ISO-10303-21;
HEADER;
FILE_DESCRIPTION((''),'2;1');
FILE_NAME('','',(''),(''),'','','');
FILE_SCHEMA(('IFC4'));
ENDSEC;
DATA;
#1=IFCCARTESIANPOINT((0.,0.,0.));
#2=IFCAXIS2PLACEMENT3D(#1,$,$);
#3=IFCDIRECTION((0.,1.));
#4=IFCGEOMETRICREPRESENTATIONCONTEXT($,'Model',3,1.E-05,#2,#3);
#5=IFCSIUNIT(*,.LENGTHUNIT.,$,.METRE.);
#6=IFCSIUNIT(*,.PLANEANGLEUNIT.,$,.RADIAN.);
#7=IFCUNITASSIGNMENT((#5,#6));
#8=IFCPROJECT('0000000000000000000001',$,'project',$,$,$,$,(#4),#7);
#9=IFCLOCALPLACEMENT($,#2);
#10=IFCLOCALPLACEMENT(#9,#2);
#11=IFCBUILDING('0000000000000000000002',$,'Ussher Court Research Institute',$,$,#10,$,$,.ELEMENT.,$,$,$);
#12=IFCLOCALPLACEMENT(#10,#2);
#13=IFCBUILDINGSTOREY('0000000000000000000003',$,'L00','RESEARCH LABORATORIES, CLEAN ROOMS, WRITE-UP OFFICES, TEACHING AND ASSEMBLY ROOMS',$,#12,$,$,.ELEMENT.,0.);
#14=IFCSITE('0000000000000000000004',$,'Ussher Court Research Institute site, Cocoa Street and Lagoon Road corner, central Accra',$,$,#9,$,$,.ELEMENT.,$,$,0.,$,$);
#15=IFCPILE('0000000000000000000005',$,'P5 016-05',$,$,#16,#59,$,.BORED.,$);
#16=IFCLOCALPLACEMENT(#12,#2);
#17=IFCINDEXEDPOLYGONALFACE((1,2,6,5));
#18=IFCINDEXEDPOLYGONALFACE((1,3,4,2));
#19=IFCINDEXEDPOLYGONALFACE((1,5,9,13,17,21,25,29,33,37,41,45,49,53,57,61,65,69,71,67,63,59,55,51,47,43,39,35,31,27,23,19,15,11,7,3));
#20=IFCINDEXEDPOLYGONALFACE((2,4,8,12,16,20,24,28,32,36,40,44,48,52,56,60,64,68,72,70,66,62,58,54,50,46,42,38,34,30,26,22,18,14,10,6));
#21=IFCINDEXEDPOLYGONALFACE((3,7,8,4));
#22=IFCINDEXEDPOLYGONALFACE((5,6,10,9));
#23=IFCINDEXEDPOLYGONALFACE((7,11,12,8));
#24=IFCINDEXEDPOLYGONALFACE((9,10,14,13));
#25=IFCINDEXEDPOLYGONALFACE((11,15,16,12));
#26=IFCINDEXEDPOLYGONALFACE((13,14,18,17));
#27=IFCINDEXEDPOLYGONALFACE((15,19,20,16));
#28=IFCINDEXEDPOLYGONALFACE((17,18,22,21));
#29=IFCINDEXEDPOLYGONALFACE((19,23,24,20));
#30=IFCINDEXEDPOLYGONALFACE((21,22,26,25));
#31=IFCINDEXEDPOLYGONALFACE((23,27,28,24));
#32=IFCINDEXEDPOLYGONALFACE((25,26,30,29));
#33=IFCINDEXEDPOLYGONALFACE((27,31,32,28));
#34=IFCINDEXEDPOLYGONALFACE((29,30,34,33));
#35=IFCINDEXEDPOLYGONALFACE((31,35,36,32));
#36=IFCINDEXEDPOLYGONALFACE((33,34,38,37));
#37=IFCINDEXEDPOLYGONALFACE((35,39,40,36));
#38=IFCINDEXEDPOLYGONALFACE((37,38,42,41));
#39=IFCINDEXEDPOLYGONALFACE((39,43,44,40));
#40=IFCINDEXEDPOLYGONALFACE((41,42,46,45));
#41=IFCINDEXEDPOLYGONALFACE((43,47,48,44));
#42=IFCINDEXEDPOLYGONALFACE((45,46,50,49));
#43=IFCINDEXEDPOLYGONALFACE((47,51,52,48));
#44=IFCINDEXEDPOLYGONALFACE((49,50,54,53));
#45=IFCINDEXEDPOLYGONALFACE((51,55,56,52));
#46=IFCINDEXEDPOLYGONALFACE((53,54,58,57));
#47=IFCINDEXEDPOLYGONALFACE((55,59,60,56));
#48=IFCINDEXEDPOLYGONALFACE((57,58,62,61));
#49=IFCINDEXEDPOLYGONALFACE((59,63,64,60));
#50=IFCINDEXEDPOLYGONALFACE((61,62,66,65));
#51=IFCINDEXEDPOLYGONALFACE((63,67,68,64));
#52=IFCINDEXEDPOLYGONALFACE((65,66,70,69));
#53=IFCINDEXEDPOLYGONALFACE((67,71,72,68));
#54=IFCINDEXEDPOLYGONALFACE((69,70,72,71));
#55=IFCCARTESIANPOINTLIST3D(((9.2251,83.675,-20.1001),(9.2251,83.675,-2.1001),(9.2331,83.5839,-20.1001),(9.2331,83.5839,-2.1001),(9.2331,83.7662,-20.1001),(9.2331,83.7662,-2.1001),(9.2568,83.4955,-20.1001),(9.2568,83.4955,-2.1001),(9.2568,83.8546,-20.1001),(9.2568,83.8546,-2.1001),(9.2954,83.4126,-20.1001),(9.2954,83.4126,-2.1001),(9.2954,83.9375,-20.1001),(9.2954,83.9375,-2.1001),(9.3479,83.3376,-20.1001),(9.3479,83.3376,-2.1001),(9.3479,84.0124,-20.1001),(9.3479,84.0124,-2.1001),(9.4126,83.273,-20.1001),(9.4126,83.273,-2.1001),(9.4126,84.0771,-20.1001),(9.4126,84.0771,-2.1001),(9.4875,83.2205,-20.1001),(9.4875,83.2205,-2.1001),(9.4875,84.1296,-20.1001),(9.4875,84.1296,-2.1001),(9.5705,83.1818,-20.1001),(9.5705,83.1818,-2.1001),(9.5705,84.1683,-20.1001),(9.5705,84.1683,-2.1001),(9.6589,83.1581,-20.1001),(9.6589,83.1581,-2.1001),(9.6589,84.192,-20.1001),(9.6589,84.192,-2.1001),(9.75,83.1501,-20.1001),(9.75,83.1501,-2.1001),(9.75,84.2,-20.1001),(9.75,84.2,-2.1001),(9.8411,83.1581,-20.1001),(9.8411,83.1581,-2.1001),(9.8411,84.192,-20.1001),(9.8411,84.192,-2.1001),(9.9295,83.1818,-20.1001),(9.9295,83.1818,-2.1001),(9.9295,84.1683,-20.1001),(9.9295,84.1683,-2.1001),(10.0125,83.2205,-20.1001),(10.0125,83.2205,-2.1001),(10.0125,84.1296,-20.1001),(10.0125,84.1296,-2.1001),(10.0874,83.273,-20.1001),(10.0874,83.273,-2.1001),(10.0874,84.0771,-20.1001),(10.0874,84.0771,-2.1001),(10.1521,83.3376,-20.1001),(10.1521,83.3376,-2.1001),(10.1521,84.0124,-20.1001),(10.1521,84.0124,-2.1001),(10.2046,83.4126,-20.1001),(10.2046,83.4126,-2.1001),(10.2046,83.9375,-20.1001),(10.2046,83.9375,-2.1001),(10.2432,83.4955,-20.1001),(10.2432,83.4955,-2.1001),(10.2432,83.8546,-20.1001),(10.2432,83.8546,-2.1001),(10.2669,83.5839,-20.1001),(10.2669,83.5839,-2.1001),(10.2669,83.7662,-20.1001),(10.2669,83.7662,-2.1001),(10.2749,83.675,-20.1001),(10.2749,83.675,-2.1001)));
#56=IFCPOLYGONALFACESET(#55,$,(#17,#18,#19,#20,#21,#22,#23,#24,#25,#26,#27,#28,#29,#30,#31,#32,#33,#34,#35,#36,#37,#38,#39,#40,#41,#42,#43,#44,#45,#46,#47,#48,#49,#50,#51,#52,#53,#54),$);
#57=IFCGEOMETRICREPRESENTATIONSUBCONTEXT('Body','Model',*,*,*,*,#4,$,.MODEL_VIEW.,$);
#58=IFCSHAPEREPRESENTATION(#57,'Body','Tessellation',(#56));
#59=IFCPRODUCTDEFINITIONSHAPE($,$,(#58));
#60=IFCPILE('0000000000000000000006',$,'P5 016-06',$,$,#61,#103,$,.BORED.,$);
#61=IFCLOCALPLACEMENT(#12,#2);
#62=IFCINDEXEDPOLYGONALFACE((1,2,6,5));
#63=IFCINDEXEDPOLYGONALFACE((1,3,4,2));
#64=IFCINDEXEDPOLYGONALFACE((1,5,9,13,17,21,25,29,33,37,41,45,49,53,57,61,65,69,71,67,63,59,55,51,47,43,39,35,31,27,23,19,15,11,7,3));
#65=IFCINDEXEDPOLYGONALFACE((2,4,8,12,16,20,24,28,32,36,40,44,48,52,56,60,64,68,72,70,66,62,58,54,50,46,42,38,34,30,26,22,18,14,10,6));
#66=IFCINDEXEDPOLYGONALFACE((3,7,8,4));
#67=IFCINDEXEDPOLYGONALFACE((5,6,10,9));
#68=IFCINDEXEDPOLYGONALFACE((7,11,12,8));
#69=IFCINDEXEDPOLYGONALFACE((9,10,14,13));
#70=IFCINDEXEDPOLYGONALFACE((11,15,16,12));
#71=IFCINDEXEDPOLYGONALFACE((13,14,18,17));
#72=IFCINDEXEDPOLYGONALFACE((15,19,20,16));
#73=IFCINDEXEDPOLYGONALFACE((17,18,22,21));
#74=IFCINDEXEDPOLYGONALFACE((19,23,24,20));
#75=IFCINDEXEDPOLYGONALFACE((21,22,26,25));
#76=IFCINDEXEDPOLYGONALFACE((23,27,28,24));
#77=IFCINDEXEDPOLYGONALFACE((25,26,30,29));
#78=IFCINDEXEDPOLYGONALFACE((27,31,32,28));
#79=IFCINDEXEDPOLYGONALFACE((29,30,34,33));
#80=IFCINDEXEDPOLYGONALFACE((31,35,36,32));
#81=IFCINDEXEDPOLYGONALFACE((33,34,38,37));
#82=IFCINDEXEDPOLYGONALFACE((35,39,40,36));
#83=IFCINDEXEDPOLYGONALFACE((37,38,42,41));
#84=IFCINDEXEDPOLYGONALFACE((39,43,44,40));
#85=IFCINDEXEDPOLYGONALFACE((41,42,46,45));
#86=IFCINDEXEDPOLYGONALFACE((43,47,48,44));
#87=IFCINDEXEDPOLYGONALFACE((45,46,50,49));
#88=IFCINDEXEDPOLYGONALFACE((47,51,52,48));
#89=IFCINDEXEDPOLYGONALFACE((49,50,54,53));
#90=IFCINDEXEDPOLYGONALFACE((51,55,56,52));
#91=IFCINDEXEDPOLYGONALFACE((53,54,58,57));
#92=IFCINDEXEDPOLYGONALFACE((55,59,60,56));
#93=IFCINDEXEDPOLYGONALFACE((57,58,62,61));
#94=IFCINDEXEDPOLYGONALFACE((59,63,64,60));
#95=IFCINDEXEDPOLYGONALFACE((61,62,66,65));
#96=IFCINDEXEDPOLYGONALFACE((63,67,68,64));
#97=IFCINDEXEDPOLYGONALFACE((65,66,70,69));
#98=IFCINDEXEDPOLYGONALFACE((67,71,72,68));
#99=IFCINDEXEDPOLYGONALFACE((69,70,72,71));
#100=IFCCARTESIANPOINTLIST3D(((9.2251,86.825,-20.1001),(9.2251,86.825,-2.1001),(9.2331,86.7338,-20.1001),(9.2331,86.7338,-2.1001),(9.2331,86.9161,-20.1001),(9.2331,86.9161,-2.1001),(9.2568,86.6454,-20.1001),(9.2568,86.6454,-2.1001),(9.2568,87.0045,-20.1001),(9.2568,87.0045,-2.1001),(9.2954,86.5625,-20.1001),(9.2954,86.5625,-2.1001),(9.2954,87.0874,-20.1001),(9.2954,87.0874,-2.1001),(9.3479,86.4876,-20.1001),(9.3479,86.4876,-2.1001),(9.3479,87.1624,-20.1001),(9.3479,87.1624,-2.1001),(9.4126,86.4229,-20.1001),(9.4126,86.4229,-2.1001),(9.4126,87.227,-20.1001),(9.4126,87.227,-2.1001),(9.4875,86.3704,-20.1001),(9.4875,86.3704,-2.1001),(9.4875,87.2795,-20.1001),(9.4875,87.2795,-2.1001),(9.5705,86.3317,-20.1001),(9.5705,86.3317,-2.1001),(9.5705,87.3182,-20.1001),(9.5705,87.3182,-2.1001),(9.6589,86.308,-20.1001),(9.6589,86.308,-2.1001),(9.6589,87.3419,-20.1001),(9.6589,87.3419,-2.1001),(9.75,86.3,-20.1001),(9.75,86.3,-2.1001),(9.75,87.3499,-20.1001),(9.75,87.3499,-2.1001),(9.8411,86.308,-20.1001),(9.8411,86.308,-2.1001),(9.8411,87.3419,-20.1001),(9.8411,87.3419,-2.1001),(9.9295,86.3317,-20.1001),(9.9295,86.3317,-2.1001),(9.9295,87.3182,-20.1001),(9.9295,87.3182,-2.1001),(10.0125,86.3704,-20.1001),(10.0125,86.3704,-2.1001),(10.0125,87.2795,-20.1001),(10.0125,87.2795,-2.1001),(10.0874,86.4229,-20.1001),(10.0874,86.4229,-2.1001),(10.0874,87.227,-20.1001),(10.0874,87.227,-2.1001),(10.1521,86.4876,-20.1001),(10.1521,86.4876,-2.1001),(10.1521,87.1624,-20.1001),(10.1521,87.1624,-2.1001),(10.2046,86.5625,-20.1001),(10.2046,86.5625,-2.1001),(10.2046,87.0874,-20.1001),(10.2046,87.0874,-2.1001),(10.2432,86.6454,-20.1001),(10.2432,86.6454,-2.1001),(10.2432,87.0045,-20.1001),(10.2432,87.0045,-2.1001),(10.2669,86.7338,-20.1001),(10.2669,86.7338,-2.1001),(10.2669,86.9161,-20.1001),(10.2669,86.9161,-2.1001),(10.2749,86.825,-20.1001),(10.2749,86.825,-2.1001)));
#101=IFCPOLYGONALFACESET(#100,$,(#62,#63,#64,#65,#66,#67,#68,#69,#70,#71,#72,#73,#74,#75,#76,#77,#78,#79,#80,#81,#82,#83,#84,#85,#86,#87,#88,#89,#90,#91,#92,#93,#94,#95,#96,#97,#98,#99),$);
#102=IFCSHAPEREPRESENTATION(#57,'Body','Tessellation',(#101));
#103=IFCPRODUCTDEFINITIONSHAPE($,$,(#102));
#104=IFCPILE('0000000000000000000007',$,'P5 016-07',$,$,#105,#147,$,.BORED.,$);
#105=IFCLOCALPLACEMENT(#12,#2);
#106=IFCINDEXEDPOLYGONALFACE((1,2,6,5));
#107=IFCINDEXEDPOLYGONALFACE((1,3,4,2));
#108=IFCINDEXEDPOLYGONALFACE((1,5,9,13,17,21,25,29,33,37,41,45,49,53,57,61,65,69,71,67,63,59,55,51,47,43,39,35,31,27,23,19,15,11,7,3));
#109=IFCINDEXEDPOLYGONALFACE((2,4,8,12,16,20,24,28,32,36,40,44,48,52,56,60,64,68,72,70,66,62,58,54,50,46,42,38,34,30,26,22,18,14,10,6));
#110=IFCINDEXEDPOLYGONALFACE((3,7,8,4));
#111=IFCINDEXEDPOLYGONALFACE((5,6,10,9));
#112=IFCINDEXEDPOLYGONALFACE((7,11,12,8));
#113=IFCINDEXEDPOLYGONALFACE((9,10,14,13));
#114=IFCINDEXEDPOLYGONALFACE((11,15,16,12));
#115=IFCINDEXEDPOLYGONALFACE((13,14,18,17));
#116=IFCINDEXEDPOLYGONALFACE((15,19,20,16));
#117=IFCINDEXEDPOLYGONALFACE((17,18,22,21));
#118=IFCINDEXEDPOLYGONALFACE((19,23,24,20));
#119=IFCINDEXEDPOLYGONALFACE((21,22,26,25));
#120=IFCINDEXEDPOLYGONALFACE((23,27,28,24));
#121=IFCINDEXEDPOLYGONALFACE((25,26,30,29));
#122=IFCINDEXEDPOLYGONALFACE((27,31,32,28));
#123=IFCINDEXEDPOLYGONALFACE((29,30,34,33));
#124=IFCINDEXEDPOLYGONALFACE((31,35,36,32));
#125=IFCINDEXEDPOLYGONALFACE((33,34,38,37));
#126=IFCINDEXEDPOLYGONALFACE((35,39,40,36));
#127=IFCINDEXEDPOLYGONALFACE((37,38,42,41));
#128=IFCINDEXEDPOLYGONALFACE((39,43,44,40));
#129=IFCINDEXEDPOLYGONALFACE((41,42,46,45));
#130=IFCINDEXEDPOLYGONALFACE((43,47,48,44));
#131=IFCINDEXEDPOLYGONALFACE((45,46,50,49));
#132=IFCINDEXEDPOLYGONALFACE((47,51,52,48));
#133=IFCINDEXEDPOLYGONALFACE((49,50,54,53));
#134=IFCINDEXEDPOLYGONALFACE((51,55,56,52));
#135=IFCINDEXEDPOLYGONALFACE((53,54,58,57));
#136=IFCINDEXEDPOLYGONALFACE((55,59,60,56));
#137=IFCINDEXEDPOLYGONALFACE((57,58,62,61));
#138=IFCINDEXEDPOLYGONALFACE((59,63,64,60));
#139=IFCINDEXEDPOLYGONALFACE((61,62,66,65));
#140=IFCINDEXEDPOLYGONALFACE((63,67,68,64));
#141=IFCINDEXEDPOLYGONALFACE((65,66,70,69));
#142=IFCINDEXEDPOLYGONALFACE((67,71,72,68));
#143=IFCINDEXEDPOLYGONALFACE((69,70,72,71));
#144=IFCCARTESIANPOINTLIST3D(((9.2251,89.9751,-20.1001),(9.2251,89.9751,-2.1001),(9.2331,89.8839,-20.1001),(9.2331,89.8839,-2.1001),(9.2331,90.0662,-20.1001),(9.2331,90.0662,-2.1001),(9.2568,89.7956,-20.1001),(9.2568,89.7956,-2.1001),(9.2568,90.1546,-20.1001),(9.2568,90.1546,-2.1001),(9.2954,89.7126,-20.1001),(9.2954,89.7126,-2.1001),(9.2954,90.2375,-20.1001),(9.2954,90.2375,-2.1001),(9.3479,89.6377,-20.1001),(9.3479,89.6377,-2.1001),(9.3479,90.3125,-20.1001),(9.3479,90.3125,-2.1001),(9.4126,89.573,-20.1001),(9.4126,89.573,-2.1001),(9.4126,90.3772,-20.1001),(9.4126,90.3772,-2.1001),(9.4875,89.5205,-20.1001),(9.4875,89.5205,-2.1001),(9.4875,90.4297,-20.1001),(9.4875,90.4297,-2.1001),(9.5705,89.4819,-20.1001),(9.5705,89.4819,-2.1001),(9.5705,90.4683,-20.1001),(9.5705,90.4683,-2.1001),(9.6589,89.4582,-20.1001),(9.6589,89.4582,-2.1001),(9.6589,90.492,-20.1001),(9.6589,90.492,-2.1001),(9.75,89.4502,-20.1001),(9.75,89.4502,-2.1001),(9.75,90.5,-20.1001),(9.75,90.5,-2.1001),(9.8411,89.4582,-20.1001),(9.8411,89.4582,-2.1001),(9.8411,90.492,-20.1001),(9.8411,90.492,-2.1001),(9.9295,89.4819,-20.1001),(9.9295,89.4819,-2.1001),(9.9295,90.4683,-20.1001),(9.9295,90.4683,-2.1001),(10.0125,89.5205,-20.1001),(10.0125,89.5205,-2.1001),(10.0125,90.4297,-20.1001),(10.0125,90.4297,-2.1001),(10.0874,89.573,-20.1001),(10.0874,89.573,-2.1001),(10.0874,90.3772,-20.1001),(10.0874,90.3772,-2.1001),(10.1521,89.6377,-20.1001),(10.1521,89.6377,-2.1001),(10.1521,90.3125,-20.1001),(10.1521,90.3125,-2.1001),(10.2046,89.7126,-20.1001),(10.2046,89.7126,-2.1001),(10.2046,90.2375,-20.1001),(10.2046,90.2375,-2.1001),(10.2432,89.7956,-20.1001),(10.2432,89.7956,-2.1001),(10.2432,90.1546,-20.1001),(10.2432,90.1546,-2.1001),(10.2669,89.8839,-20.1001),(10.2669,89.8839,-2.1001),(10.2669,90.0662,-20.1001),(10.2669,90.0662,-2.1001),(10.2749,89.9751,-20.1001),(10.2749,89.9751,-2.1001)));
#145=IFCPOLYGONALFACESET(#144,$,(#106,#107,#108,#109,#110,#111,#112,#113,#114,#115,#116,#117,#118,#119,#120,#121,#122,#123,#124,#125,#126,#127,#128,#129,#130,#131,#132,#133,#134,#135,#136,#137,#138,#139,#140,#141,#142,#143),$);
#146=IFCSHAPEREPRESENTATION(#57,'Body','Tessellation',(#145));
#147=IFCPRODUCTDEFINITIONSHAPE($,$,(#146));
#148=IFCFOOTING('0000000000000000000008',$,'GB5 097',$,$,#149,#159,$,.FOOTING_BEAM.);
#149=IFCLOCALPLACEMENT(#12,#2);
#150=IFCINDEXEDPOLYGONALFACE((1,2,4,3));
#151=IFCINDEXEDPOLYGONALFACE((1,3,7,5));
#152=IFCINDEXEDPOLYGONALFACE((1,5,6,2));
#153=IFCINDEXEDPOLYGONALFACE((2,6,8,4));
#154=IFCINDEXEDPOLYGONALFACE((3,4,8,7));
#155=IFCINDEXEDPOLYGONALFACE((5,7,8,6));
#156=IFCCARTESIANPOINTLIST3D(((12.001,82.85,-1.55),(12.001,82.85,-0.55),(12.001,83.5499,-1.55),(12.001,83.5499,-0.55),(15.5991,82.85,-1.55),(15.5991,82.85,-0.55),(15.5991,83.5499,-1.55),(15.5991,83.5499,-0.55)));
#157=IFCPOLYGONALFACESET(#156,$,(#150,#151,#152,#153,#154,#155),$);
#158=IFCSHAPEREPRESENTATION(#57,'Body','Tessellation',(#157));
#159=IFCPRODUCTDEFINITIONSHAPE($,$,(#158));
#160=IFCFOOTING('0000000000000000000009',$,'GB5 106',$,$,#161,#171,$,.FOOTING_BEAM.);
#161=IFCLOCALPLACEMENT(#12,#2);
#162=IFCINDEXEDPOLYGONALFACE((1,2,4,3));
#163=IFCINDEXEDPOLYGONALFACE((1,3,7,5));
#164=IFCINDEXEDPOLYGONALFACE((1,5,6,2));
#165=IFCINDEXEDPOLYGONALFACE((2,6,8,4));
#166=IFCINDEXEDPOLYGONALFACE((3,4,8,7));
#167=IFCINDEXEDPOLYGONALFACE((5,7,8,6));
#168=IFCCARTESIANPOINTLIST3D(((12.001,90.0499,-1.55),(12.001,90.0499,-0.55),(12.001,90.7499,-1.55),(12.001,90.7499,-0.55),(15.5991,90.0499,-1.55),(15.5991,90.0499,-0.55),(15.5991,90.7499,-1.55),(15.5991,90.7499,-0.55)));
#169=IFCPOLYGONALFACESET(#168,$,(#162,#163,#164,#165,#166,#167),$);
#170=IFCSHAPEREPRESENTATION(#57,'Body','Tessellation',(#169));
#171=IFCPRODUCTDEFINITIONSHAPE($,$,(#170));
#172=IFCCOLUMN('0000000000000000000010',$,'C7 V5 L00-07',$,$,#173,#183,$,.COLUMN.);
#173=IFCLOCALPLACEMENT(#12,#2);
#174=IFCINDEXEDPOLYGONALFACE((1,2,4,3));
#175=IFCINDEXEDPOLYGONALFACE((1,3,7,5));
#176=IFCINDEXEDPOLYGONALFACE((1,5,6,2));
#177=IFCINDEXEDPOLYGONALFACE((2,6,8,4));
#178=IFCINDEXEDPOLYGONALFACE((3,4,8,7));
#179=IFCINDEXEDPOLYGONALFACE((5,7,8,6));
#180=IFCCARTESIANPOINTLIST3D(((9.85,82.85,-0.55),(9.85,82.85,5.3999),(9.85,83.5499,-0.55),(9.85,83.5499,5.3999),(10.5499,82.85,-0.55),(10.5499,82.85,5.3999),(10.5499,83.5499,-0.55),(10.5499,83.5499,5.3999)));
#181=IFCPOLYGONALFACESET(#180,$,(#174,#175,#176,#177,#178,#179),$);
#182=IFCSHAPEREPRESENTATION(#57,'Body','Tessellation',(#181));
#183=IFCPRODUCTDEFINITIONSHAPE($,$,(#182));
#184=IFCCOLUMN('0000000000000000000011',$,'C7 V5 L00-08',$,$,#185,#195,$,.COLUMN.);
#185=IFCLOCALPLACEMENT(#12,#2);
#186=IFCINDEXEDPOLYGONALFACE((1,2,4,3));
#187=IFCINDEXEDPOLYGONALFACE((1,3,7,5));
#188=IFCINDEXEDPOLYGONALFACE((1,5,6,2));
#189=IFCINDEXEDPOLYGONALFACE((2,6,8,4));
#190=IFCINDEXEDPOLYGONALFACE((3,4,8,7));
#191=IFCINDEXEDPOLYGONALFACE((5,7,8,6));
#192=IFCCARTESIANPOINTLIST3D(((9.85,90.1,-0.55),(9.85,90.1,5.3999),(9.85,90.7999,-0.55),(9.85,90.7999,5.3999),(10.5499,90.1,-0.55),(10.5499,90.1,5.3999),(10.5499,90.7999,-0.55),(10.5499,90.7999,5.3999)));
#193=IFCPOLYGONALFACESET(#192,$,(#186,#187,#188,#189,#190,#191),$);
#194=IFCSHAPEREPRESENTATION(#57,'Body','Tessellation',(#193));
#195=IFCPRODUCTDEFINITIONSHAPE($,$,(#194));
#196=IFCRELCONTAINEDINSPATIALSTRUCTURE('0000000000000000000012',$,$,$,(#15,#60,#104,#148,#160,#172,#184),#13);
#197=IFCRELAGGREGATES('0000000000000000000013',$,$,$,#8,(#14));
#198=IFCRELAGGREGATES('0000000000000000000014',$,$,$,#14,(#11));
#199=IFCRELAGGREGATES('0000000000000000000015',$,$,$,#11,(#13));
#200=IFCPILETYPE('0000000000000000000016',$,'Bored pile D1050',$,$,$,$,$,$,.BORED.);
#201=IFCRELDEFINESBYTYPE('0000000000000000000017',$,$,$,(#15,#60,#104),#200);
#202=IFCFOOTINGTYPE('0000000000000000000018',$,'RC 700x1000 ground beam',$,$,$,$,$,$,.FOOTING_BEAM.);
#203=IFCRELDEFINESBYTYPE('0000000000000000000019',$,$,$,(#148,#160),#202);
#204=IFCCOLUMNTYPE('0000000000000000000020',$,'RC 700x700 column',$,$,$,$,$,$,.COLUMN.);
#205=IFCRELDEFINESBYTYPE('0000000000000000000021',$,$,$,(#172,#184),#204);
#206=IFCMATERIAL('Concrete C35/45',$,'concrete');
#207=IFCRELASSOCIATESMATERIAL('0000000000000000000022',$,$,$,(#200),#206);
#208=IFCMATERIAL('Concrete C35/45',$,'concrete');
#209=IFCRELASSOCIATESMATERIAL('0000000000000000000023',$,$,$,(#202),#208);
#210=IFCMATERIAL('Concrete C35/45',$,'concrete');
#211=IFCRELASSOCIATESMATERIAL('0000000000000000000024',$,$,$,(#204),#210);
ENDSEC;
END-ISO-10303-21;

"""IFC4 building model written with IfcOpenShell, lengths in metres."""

from ifc_helpers import new_model, si_unit, direction, frame, origin, origin_2d, place, context, subcontext, project, spatial, rectangle, circle, extrude, material, material_profile, profile_set, type_object, element, save


model = new_model("IFC4")

# Units and contexts
model_context = context("Model", 3, precision=1e-05, world=origin(), true_north=direction((0.0, 1.0)))
body_context = subcontext(model_context, "Body", "Model", "MODEL_VIEW")
ifc_project = project(units=[si_unit("LENGTHUNIT", "METRE"), si_unit("PLANEANGLEUNIT", "RADIAN")], contexts=[model_context])

# Site, building, storey
site_placement = place(None, origin())
site = spatial("IfcSite", under=ifc_project, at=site_placement, Name="Ussher Court Research Institute site, Cocoa Street and Lagoon Road corner, central Accra", CompositionType="ELEMENT", RefElevation=0.0)
building_placement = place(site_placement, origin())
building = spatial("IfcBuilding", under=site, at=building_placement, Name="Ussher Court Research Institute", CompositionType="ELEMENT")
storey_placement = place(building_placement, origin())
storey = spatial("IfcBuildingStorey", under=building, at=storey_placement, Name="L00", Description="RESEARCH LABORATORIES, CLEAN ROOMS, WRITE-UP OFFICES, TEACHING AND ASSEMBLY ROOMS", CompositionType="ELEMENT", Elevation=0.0)

# Piles
ifc_material_1 = material(Name="Concrete C35/45", Category="concrete")
ifc_material_profile_1 = material_profile(ifc_material_1, circle(Radius=0.5249, at=origin_2d()), Name="RC D1050")
ifc_profile_set_1 = profile_set([ifc_material_profile_1], Name="Concrete C35/45")
pile_type = type_object("IfcPileType", Name="Bored pile D1050", PredefinedType="BORED", material=ifc_profile_set_1)
for number, where, z_axis, x_axis, name in (
    (1, (9.75, 83.675, -2.1001), (0.0, 0.0, -1.0), (1.0, 0.0, 0.0), "P5 016-05"),
    (2, (9.75, 86.825, -2.1001), (0.0, 0.0, -1.0), (1.0, 0.0, 0.0), "P5 016-06"),
    (3, (9.75, 89.9751, -2.1001), (0.0, 0.0, -1.0), (1.0, 0.0, 0.0), "P5 016-07"),
):
    element("IfcPile", number, at=place(storey_placement, frame(where, z_axis=z_axis, x_axis=x_axis)), inside=storey, type_object=pile_type, Name=name, PredefinedType="BORED", context=body_context, shape_type="SweptSolid", body=[
        extrude(circle(Radius=0.5249, at=origin_2d()), origin(), (0.0, 0.0, 1.0), 18.0),
    ])

# Footings
ifc_material_2 = material(Name="Concrete C35/45", Category="concrete")
ifc_material_profile_2 = material_profile(ifc_material_2, rectangle(XDim=0.7, YDim=1.0, at=origin_2d()), Name="RC 700x1000")
ifc_profile_set_2 = profile_set([ifc_material_profile_2], Name="Concrete C35/45")
footing_type = type_object("IfcFootingType", Name="RC 700x1000 ground beam", PredefinedType="FOOTING_BEAM", material=ifc_profile_set_2)
for number, where, z_axis, x_axis, name in (
    (4, (12.001, 83.2, -1.05), (1.0, 0.0, 0.0), (0.0, 1.0, 0.0), "GB5 097"),
    (5, (12.001, 90.3999, -1.05), (1.0, 0.0, 0.0), (0.0, 1.0, 0.0), "GB5 106"),
):
    element("IfcFooting", number, at=place(storey_placement, frame(where, z_axis=z_axis, x_axis=x_axis)), inside=storey, type_object=footing_type, Name=name, PredefinedType="FOOTING_BEAM", context=body_context, shape_type="SweptSolid", body=[
        extrude(rectangle(XDim=0.7, YDim=1.0, at=origin_2d()), origin(), (0.0, 0.0, 1.0), 3.5981),
    ])

# Columns
ifc_material_3 = material(Name="Concrete C35/45", Category="concrete")
ifc_material_profile_3 = material_profile(ifc_material_3, rectangle(XDim=0.7, YDim=0.7, at=origin_2d()), Name="RC 700x700")
ifc_profile_set_3 = profile_set([ifc_material_profile_3], Name="Concrete C35/45")
column_type = type_object("IfcColumnType", Name="RC 700x700 column", PredefinedType="COLUMN", material=ifc_profile_set_3)
for number, where, z_axis, x_axis, name in (
    (6, (10.2, 83.2, -0.55), (0.0, 0.0, 1.0), (1.0, 0.0, 0.0), "C7 V5 L00-07"),
    (7, (10.2, 90.45, -0.55), (0.0, 0.0, 1.0), (1.0, 0.0, 0.0), "C7 V5 L00-08"),
):
    element("IfcColumn", number, at=place(storey_placement, frame(where, z_axis=z_axis, x_axis=x_axis)), inside=storey, type_object=column_type, Name=name, PredefinedType="COLUMN", context=body_context, shape_type="SweptSolid", body=[
        extrude(rectangle(XDim=0.7, YDim=0.7, at=origin_2d()), origin(), (0.0, 0.0, 1.0), 5.95),
    ])

save(model, "model.ifc")
